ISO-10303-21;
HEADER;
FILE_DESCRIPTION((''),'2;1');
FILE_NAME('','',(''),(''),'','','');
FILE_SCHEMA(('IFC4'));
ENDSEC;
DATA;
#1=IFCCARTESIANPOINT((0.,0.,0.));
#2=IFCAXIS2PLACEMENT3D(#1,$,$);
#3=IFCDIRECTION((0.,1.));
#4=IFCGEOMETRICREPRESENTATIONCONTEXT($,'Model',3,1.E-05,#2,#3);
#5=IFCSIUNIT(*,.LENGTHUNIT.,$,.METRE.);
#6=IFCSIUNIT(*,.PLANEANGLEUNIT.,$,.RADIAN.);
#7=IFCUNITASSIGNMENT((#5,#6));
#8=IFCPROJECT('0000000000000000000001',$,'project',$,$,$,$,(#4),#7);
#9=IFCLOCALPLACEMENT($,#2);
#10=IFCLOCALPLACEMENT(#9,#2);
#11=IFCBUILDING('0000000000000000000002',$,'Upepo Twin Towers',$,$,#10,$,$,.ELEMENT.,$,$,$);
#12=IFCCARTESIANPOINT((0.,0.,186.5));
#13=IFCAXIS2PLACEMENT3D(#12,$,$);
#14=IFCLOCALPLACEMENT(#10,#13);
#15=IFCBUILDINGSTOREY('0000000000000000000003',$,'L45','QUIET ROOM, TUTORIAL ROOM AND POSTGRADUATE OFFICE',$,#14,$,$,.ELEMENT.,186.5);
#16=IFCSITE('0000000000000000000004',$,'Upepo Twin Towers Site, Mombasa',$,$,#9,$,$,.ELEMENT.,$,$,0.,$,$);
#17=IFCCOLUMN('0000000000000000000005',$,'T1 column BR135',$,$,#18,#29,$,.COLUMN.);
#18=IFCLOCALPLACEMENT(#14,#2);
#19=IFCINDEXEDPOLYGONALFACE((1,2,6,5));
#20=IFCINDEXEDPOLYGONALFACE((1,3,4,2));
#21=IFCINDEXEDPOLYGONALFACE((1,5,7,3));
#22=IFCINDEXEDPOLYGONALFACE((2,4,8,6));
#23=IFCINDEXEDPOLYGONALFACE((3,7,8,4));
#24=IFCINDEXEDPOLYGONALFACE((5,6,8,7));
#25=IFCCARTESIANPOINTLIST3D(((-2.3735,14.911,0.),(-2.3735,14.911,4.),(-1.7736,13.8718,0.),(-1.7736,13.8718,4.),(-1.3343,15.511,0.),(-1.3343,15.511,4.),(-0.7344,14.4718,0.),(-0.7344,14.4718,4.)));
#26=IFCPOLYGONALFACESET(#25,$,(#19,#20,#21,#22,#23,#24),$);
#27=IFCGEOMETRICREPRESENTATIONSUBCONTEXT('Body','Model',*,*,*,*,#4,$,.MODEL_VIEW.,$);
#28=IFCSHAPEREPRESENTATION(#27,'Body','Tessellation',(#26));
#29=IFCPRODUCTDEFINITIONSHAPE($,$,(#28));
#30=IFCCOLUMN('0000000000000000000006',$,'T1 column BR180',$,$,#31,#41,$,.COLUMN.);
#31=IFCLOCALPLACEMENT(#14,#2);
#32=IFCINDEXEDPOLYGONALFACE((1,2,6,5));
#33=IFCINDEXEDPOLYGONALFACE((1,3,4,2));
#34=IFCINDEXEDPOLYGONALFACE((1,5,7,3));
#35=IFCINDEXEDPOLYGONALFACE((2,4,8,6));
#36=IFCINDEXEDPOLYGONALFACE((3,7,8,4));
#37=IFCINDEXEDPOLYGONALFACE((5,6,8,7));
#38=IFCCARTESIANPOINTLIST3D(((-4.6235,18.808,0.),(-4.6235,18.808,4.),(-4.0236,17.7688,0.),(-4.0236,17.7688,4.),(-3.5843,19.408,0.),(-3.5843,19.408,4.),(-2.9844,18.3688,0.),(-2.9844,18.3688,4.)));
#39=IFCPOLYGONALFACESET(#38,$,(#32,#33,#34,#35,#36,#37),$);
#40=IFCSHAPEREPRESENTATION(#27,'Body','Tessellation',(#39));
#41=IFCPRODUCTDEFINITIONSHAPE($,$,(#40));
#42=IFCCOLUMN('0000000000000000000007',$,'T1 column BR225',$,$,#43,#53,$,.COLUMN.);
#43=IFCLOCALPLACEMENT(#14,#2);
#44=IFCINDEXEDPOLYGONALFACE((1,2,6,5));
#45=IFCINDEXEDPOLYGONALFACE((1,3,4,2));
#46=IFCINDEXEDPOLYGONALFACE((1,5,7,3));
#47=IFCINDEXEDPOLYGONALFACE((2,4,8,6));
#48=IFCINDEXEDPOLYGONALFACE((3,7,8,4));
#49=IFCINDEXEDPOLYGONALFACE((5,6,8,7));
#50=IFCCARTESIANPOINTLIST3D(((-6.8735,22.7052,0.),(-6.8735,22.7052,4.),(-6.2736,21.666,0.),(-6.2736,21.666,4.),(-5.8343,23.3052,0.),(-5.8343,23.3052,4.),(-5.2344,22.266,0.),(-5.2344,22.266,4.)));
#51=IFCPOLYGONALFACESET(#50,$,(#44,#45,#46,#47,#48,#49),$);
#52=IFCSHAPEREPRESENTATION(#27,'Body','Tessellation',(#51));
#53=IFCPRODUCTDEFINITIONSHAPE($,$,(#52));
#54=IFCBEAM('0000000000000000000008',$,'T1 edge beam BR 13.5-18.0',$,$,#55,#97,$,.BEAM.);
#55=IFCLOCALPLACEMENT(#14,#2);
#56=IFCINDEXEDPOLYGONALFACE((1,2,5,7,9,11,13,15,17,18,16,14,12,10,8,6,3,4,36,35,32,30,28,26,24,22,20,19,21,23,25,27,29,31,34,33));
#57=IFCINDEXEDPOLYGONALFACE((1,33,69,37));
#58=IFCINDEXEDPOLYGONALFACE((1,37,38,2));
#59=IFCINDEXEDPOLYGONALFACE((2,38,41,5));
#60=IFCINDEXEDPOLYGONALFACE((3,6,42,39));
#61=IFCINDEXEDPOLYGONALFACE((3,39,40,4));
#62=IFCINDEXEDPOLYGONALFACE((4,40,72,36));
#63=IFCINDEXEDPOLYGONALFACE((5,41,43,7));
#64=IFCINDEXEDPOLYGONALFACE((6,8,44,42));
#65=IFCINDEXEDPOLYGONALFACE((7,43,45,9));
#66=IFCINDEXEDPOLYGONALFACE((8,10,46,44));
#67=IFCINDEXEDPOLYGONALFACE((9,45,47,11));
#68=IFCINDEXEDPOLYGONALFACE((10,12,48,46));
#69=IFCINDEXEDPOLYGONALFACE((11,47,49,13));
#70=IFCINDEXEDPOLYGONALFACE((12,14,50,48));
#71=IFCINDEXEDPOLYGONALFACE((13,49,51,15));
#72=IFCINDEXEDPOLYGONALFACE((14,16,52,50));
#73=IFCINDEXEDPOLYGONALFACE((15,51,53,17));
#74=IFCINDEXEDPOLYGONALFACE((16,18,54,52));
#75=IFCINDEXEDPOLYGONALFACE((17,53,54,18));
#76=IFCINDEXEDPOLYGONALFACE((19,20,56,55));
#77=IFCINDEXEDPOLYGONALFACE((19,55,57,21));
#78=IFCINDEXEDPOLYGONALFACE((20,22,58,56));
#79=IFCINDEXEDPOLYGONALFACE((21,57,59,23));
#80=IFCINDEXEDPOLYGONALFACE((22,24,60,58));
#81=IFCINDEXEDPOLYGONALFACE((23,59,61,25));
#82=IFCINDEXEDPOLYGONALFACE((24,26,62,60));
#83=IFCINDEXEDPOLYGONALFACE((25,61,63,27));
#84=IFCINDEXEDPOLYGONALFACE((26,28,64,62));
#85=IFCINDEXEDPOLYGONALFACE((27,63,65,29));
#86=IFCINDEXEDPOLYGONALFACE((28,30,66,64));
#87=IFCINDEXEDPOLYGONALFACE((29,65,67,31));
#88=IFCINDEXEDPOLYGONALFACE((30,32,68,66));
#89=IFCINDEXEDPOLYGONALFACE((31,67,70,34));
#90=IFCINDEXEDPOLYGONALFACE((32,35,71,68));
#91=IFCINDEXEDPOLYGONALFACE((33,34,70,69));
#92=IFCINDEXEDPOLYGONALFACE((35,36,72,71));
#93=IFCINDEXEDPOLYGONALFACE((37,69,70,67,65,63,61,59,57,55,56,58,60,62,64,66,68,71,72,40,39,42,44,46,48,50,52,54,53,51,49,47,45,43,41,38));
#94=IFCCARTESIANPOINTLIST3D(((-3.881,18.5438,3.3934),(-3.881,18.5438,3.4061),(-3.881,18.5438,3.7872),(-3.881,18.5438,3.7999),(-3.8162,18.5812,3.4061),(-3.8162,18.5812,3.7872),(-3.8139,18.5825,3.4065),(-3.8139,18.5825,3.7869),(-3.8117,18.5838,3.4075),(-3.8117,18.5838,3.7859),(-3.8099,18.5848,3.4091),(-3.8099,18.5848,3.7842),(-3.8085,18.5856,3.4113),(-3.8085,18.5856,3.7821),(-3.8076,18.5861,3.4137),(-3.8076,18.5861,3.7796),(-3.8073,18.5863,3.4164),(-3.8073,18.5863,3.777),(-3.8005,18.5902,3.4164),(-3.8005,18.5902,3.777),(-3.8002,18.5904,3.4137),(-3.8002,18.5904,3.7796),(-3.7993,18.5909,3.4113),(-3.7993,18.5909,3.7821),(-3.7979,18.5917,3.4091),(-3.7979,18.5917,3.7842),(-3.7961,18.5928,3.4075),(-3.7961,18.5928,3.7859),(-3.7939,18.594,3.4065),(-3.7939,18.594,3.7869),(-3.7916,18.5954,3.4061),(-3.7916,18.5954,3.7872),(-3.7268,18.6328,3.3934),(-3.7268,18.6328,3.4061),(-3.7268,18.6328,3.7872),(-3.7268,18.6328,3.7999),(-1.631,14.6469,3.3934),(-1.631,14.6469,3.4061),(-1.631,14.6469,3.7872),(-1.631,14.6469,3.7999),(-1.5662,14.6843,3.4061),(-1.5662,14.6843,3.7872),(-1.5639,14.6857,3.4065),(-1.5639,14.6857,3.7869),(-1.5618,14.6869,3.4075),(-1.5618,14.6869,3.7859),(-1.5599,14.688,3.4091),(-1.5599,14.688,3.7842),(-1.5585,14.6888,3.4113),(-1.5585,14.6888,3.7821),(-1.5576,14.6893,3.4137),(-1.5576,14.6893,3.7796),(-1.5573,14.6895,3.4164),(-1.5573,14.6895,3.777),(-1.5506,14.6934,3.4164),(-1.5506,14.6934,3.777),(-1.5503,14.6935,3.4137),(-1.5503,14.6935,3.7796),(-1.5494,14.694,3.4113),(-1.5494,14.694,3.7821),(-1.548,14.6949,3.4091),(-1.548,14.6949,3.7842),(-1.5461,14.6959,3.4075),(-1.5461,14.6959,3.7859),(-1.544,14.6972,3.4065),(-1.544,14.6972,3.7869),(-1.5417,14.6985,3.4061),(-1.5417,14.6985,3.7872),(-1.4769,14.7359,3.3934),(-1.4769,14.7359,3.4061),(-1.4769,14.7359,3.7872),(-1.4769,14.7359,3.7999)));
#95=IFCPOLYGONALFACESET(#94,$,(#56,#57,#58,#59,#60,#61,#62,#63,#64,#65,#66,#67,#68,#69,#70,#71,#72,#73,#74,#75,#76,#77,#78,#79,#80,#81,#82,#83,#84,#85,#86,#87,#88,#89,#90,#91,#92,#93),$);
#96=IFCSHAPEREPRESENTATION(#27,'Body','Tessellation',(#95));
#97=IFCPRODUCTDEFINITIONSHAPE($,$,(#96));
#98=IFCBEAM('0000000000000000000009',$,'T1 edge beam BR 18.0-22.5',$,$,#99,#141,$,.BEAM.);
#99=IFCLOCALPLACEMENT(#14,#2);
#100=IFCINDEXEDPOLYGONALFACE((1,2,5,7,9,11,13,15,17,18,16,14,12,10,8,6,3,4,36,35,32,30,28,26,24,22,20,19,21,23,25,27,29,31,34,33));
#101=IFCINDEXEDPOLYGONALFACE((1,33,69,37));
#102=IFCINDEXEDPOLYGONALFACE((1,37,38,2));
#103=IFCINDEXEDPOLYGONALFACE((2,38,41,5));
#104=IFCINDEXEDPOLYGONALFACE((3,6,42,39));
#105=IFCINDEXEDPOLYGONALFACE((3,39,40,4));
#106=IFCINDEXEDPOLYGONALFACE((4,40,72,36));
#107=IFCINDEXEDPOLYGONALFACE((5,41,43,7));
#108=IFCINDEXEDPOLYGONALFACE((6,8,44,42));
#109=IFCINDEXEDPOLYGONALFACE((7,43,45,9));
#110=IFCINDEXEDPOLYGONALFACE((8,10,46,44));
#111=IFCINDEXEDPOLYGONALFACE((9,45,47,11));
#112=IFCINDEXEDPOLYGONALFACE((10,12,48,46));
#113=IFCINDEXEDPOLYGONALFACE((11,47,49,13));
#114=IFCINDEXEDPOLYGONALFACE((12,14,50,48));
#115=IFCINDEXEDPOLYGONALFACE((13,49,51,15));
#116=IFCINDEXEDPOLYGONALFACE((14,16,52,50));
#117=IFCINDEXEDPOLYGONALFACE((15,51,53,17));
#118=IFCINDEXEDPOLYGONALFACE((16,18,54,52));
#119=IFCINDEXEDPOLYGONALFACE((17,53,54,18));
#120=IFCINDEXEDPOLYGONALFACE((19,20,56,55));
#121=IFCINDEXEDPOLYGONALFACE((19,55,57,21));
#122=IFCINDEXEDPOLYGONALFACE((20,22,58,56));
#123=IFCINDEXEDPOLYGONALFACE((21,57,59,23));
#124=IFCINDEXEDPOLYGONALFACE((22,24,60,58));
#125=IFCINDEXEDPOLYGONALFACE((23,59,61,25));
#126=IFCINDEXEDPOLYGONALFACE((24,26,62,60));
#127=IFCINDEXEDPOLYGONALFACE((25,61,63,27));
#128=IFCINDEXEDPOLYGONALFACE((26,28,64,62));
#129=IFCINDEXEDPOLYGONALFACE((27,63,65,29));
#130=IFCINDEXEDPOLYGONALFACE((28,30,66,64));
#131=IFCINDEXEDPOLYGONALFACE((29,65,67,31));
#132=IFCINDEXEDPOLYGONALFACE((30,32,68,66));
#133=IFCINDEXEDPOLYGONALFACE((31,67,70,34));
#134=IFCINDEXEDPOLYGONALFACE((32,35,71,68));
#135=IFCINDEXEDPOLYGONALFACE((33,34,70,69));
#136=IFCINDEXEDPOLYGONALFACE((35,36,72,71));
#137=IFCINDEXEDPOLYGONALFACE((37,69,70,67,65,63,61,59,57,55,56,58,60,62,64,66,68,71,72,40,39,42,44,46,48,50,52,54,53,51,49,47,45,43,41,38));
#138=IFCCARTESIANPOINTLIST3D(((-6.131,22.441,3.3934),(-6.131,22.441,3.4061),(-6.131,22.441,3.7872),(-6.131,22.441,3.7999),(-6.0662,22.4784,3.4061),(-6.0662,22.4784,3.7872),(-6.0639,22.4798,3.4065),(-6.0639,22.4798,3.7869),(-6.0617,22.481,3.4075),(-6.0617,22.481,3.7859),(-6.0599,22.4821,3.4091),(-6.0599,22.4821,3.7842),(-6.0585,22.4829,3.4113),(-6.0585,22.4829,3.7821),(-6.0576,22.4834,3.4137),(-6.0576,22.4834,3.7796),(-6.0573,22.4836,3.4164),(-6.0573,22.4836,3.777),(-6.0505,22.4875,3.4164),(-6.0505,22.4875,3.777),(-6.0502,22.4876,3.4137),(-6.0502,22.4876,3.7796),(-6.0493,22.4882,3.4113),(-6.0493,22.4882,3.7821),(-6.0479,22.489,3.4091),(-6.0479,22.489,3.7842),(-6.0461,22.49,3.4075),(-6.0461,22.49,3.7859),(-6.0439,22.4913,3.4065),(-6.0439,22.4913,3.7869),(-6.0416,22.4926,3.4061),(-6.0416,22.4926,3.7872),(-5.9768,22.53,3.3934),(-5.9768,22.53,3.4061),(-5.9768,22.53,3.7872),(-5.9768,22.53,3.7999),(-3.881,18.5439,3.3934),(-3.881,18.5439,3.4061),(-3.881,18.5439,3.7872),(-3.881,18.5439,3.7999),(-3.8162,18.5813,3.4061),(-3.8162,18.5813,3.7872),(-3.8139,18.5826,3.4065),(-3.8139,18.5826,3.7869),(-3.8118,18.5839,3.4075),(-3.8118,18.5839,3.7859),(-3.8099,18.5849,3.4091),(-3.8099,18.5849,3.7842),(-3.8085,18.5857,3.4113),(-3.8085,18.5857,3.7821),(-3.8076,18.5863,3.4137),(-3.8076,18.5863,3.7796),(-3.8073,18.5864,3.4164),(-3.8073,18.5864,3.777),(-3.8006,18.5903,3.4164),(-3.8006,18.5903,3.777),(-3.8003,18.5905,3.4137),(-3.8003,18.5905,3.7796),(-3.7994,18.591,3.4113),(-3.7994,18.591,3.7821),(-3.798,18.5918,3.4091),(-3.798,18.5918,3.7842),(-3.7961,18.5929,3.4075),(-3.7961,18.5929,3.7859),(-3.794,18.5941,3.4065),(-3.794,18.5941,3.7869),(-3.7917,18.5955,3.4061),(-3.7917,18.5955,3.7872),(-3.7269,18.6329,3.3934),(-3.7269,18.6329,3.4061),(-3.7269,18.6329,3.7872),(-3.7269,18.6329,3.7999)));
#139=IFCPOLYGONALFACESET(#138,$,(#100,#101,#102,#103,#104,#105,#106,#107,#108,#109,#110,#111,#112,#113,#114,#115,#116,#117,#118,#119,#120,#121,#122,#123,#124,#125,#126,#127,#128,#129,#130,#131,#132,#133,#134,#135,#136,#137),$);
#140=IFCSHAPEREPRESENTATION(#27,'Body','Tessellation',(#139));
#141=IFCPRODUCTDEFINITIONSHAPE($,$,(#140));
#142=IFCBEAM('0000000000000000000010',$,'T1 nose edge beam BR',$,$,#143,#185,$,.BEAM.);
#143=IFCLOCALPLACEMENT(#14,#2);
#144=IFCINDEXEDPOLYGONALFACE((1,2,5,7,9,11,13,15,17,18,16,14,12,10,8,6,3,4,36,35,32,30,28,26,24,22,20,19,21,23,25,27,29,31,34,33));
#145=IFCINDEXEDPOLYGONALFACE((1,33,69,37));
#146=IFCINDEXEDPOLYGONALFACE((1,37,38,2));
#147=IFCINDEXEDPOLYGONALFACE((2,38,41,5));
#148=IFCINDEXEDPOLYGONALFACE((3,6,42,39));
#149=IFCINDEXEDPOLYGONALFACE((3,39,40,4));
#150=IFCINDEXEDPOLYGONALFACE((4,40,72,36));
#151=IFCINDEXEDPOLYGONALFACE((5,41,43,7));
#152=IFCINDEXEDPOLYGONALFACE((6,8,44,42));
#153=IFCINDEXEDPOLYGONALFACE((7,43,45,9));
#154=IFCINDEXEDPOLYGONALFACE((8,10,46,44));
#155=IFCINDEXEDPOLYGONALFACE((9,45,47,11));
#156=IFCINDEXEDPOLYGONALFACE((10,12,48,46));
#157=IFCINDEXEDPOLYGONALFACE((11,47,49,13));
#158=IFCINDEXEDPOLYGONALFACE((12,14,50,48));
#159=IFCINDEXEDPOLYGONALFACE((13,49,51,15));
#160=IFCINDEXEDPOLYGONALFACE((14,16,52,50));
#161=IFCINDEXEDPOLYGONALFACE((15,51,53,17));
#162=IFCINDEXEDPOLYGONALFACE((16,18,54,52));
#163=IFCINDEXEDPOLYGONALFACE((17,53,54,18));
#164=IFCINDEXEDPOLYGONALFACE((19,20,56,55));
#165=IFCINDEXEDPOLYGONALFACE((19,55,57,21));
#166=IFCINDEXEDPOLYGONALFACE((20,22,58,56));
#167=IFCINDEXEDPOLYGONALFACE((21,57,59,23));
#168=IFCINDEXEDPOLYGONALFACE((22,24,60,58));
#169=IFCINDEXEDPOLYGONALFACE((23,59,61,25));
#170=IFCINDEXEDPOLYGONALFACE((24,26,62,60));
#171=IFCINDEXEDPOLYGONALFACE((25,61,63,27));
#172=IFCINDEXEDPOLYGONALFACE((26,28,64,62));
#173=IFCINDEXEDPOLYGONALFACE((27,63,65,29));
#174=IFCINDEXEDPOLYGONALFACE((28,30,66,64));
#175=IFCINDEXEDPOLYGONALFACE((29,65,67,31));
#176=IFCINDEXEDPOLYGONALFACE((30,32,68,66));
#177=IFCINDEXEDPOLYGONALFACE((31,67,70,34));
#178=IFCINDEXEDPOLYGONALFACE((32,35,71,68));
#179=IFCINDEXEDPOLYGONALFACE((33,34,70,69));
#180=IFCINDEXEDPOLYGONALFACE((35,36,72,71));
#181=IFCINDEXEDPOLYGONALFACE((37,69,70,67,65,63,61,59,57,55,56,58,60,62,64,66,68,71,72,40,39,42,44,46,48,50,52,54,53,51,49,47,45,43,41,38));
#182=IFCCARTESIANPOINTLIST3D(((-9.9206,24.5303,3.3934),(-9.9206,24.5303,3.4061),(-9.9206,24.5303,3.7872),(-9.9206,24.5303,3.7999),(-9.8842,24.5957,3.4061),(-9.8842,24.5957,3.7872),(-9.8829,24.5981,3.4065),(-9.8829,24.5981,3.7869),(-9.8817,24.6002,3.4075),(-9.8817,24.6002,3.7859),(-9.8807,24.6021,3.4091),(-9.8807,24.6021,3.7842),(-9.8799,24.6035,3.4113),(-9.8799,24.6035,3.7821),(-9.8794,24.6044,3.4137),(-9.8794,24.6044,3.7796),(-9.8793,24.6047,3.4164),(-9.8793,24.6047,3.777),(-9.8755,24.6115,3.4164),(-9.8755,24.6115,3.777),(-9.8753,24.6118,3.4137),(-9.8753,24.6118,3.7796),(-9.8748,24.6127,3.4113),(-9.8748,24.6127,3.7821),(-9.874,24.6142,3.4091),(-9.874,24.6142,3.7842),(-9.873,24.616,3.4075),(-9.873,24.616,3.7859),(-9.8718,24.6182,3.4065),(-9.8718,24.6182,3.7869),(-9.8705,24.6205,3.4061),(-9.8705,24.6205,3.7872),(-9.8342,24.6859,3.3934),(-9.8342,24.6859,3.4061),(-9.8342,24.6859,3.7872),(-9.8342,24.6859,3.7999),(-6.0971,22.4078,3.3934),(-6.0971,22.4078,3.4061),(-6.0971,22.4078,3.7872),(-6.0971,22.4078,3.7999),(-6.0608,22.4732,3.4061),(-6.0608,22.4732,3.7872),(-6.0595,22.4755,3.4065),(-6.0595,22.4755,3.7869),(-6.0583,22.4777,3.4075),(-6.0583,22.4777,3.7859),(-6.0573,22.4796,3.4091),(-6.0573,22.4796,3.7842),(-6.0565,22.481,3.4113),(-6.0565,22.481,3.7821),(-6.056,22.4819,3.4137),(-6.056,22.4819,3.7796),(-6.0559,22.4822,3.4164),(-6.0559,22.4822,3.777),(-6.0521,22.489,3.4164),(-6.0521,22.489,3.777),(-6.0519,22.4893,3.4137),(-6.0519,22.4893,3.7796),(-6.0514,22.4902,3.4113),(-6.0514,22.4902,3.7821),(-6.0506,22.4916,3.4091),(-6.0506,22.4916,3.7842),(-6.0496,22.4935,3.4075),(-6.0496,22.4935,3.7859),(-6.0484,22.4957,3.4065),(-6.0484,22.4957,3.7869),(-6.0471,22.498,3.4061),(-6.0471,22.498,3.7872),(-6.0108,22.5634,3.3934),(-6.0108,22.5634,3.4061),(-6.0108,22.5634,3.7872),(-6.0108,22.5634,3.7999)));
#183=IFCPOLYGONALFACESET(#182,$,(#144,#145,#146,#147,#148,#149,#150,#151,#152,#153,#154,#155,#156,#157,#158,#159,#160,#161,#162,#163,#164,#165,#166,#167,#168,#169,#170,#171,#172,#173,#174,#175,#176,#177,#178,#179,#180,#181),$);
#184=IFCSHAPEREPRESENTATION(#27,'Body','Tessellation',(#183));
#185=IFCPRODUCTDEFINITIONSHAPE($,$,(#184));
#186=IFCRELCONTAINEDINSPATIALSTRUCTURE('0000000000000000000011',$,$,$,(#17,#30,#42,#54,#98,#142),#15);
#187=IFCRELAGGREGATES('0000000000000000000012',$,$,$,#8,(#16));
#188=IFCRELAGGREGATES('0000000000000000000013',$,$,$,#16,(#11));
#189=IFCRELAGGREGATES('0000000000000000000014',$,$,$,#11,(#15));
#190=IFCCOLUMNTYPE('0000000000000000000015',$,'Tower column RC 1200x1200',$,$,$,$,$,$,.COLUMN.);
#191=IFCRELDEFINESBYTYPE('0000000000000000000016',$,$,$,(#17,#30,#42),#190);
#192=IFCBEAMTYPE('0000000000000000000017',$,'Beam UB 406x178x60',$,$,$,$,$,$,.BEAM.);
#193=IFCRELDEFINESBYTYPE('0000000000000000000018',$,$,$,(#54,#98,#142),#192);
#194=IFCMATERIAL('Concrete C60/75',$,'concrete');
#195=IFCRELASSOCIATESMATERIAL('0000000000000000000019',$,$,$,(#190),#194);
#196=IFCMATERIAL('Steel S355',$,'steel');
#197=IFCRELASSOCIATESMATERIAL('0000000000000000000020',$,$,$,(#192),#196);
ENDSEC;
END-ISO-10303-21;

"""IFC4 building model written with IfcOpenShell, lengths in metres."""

from ifc_helpers import new_model, si_unit, direction, frame, origin, origin_2d, place, context, subcontext, project, spatial, rectangle, i_section, extrude, material, material_profile, profile_set, type_object, element, save


model = new_model("IFC4")

# Units and contexts
model_context = context("Model", 3, precision=1e-05, world=origin(), true_north=direction((0.0, 1.0)))
body_context = subcontext(model_context, "Body", "Model", "MODEL_VIEW")
ifc_project = project(units=[si_unit("LENGTHUNIT", "METRE"), si_unit("PLANEANGLEUNIT", "RADIAN")], contexts=[model_context])

# Site, building, storey
site_placement = place(None, origin())
site = spatial("IfcSite", under=ifc_project, at=site_placement, Name="Upepo Twin Towers Site, Mombasa", CompositionType="ELEMENT", RefElevation=0.0)
building_placement = place(site_placement, origin())
building = spatial("IfcBuilding", under=site, at=building_placement, Name="Upepo Twin Towers", CompositionType="ELEMENT")
storey_placement = place(building_placement, frame((0.0, 0.0, 186.5)))
storey = spatial("IfcBuildingStorey", under=building, at=storey_placement, Name="L45", Description="QUIET ROOM, TUTORIAL ROOM AND POSTGRADUATE OFFICE", CompositionType="ELEMENT", Elevation=186.5)

# Columns
ifc_material_1 = material(Name="Concrete C60/75", Category="concrete")
ifc_material_profile_1 = material_profile(ifc_material_1, rectangle(XDim=1.2, YDim=1.2, at=origin_2d()), Name="RC 1200x1200")
ifc_profile_set_1 = profile_set([ifc_material_profile_1], Name="Concrete C60/75")
column_type = type_object("IfcColumnType", Name="Tower column RC 1200x1200", PredefinedType="COLUMN", material=ifc_profile_set_1)
for number, where, z_axis, x_axis, name in (
    (1, (-1.554, 14.6914, 0.0), (0.0, 0.0, 1.0), (0.866025, 0.5, 0.0), "T1 column BR135"),
    (2, (-3.804, 18.5884, 0.0), (0.0, 0.0, 1.0), (0.866025, 0.5, 0.0), "T1 column BR180"),
    (3, (-6.054, 22.4856, 0.0), (0.0, 0.0, 1.0), (0.866025, 0.5, 0.0), "T1 column BR225"),
):
    element("IfcColumn", number, at=place(storey_placement, frame(where, z_axis=z_axis, x_axis=x_axis)), inside=storey, type_object=column_type, Name=name, PredefinedType="COLUMN", context=body_context, shape_type="SweptSolid", body=[
        extrude(rectangle(XDim=1.2, YDim=1.2, at=origin_2d()), origin(), (0.0, 0.0, 1.0), 4.0),
    ])

# Beams
ifc_material_2 = material(Name="Steel S355", Category="steel")
ifc_material_profile_2 = material_profile(ifc_material_2, i_section(OverallWidth=0.178, OverallDepth=0.4065, WebThickness=0.0078, FlangeThickness=0.0127, FilletRadius=0.0103, at=origin_2d()), Name="UB 406x178x60")
ifc_profile_set_2 = profile_set([ifc_material_profile_2], Name="Steel S355")
beam_type_1 = type_object("IfcBeamType", Name="Beam UB 406x178x60", PredefinedType="BEAM", material=ifc_profile_set_2)
beam_1_placement = place(storey_placement, frame((-1.554, 14.6914, 3.5967), z_axis=(-0.500014, 0.866018, 0.0), x_axis=(-0.866018, -0.500014, 0.0)))
element("IfcBeam", 4, at=beam_1_placement, inside=storey, type_object=beam_type_1, Name="T1 edge beam BR 13.5-18.0", PredefinedType="BEAM", context=body_context, shape_type="SweptSolid", body=[
    extrude(i_section(OverallWidth=0.178, OverallDepth=0.4065, WebThickness=0.0078, FlangeThickness=0.0127, FilletRadius=0.0103, at=origin_2d()), origin(), (0.0, 0.0, 1.0), 4.4998),
])
beam_2_placement = place(storey_placement, frame((-3.804, 18.5884, 3.5967), z_axis=(-0.49999, 0.866031, 0.0), x_axis=(-0.866031, -0.49999, 0.0)))
element("IfcBeam", 5, at=beam_2_placement, inside=storey, type_object=beam_type_1, Name="T1 edge beam BR 18.0-22.5", PredefinedType="BEAM", context=body_context, shape_type="SweptSolid", body=[
    extrude(i_section(OverallWidth=0.178, OverallDepth=0.4065, WebThickness=0.0078, FlangeThickness=0.0127, FilletRadius=0.0103, at=origin_2d()), origin(), (0.0, 0.0, 1.0), 4.5),
])
beam_3_placement = place(storey_placement, frame((-6.054, 22.4856, 3.5967), z_axis=(-0.874313, 0.485363, 0.0), x_axis=(-0.485363, -0.874313, 0.0)))
element("IfcBeam", 6, at=beam_3_placement, inside=storey, type_object=beam_type_1, Name="T1 nose edge beam BR", PredefinedType="BEAM", context=body_context, shape_type="SweptSolid", body=[
    extrude(i_section(OverallWidth=0.178, OverallDepth=0.4065, WebThickness=0.0078, FlangeThickness=0.0127, FilletRadius=0.0103, at=origin_2d()), origin(), (0.0, 0.0, 1.0), 4.373),
])

save(model, "model.ifc")
